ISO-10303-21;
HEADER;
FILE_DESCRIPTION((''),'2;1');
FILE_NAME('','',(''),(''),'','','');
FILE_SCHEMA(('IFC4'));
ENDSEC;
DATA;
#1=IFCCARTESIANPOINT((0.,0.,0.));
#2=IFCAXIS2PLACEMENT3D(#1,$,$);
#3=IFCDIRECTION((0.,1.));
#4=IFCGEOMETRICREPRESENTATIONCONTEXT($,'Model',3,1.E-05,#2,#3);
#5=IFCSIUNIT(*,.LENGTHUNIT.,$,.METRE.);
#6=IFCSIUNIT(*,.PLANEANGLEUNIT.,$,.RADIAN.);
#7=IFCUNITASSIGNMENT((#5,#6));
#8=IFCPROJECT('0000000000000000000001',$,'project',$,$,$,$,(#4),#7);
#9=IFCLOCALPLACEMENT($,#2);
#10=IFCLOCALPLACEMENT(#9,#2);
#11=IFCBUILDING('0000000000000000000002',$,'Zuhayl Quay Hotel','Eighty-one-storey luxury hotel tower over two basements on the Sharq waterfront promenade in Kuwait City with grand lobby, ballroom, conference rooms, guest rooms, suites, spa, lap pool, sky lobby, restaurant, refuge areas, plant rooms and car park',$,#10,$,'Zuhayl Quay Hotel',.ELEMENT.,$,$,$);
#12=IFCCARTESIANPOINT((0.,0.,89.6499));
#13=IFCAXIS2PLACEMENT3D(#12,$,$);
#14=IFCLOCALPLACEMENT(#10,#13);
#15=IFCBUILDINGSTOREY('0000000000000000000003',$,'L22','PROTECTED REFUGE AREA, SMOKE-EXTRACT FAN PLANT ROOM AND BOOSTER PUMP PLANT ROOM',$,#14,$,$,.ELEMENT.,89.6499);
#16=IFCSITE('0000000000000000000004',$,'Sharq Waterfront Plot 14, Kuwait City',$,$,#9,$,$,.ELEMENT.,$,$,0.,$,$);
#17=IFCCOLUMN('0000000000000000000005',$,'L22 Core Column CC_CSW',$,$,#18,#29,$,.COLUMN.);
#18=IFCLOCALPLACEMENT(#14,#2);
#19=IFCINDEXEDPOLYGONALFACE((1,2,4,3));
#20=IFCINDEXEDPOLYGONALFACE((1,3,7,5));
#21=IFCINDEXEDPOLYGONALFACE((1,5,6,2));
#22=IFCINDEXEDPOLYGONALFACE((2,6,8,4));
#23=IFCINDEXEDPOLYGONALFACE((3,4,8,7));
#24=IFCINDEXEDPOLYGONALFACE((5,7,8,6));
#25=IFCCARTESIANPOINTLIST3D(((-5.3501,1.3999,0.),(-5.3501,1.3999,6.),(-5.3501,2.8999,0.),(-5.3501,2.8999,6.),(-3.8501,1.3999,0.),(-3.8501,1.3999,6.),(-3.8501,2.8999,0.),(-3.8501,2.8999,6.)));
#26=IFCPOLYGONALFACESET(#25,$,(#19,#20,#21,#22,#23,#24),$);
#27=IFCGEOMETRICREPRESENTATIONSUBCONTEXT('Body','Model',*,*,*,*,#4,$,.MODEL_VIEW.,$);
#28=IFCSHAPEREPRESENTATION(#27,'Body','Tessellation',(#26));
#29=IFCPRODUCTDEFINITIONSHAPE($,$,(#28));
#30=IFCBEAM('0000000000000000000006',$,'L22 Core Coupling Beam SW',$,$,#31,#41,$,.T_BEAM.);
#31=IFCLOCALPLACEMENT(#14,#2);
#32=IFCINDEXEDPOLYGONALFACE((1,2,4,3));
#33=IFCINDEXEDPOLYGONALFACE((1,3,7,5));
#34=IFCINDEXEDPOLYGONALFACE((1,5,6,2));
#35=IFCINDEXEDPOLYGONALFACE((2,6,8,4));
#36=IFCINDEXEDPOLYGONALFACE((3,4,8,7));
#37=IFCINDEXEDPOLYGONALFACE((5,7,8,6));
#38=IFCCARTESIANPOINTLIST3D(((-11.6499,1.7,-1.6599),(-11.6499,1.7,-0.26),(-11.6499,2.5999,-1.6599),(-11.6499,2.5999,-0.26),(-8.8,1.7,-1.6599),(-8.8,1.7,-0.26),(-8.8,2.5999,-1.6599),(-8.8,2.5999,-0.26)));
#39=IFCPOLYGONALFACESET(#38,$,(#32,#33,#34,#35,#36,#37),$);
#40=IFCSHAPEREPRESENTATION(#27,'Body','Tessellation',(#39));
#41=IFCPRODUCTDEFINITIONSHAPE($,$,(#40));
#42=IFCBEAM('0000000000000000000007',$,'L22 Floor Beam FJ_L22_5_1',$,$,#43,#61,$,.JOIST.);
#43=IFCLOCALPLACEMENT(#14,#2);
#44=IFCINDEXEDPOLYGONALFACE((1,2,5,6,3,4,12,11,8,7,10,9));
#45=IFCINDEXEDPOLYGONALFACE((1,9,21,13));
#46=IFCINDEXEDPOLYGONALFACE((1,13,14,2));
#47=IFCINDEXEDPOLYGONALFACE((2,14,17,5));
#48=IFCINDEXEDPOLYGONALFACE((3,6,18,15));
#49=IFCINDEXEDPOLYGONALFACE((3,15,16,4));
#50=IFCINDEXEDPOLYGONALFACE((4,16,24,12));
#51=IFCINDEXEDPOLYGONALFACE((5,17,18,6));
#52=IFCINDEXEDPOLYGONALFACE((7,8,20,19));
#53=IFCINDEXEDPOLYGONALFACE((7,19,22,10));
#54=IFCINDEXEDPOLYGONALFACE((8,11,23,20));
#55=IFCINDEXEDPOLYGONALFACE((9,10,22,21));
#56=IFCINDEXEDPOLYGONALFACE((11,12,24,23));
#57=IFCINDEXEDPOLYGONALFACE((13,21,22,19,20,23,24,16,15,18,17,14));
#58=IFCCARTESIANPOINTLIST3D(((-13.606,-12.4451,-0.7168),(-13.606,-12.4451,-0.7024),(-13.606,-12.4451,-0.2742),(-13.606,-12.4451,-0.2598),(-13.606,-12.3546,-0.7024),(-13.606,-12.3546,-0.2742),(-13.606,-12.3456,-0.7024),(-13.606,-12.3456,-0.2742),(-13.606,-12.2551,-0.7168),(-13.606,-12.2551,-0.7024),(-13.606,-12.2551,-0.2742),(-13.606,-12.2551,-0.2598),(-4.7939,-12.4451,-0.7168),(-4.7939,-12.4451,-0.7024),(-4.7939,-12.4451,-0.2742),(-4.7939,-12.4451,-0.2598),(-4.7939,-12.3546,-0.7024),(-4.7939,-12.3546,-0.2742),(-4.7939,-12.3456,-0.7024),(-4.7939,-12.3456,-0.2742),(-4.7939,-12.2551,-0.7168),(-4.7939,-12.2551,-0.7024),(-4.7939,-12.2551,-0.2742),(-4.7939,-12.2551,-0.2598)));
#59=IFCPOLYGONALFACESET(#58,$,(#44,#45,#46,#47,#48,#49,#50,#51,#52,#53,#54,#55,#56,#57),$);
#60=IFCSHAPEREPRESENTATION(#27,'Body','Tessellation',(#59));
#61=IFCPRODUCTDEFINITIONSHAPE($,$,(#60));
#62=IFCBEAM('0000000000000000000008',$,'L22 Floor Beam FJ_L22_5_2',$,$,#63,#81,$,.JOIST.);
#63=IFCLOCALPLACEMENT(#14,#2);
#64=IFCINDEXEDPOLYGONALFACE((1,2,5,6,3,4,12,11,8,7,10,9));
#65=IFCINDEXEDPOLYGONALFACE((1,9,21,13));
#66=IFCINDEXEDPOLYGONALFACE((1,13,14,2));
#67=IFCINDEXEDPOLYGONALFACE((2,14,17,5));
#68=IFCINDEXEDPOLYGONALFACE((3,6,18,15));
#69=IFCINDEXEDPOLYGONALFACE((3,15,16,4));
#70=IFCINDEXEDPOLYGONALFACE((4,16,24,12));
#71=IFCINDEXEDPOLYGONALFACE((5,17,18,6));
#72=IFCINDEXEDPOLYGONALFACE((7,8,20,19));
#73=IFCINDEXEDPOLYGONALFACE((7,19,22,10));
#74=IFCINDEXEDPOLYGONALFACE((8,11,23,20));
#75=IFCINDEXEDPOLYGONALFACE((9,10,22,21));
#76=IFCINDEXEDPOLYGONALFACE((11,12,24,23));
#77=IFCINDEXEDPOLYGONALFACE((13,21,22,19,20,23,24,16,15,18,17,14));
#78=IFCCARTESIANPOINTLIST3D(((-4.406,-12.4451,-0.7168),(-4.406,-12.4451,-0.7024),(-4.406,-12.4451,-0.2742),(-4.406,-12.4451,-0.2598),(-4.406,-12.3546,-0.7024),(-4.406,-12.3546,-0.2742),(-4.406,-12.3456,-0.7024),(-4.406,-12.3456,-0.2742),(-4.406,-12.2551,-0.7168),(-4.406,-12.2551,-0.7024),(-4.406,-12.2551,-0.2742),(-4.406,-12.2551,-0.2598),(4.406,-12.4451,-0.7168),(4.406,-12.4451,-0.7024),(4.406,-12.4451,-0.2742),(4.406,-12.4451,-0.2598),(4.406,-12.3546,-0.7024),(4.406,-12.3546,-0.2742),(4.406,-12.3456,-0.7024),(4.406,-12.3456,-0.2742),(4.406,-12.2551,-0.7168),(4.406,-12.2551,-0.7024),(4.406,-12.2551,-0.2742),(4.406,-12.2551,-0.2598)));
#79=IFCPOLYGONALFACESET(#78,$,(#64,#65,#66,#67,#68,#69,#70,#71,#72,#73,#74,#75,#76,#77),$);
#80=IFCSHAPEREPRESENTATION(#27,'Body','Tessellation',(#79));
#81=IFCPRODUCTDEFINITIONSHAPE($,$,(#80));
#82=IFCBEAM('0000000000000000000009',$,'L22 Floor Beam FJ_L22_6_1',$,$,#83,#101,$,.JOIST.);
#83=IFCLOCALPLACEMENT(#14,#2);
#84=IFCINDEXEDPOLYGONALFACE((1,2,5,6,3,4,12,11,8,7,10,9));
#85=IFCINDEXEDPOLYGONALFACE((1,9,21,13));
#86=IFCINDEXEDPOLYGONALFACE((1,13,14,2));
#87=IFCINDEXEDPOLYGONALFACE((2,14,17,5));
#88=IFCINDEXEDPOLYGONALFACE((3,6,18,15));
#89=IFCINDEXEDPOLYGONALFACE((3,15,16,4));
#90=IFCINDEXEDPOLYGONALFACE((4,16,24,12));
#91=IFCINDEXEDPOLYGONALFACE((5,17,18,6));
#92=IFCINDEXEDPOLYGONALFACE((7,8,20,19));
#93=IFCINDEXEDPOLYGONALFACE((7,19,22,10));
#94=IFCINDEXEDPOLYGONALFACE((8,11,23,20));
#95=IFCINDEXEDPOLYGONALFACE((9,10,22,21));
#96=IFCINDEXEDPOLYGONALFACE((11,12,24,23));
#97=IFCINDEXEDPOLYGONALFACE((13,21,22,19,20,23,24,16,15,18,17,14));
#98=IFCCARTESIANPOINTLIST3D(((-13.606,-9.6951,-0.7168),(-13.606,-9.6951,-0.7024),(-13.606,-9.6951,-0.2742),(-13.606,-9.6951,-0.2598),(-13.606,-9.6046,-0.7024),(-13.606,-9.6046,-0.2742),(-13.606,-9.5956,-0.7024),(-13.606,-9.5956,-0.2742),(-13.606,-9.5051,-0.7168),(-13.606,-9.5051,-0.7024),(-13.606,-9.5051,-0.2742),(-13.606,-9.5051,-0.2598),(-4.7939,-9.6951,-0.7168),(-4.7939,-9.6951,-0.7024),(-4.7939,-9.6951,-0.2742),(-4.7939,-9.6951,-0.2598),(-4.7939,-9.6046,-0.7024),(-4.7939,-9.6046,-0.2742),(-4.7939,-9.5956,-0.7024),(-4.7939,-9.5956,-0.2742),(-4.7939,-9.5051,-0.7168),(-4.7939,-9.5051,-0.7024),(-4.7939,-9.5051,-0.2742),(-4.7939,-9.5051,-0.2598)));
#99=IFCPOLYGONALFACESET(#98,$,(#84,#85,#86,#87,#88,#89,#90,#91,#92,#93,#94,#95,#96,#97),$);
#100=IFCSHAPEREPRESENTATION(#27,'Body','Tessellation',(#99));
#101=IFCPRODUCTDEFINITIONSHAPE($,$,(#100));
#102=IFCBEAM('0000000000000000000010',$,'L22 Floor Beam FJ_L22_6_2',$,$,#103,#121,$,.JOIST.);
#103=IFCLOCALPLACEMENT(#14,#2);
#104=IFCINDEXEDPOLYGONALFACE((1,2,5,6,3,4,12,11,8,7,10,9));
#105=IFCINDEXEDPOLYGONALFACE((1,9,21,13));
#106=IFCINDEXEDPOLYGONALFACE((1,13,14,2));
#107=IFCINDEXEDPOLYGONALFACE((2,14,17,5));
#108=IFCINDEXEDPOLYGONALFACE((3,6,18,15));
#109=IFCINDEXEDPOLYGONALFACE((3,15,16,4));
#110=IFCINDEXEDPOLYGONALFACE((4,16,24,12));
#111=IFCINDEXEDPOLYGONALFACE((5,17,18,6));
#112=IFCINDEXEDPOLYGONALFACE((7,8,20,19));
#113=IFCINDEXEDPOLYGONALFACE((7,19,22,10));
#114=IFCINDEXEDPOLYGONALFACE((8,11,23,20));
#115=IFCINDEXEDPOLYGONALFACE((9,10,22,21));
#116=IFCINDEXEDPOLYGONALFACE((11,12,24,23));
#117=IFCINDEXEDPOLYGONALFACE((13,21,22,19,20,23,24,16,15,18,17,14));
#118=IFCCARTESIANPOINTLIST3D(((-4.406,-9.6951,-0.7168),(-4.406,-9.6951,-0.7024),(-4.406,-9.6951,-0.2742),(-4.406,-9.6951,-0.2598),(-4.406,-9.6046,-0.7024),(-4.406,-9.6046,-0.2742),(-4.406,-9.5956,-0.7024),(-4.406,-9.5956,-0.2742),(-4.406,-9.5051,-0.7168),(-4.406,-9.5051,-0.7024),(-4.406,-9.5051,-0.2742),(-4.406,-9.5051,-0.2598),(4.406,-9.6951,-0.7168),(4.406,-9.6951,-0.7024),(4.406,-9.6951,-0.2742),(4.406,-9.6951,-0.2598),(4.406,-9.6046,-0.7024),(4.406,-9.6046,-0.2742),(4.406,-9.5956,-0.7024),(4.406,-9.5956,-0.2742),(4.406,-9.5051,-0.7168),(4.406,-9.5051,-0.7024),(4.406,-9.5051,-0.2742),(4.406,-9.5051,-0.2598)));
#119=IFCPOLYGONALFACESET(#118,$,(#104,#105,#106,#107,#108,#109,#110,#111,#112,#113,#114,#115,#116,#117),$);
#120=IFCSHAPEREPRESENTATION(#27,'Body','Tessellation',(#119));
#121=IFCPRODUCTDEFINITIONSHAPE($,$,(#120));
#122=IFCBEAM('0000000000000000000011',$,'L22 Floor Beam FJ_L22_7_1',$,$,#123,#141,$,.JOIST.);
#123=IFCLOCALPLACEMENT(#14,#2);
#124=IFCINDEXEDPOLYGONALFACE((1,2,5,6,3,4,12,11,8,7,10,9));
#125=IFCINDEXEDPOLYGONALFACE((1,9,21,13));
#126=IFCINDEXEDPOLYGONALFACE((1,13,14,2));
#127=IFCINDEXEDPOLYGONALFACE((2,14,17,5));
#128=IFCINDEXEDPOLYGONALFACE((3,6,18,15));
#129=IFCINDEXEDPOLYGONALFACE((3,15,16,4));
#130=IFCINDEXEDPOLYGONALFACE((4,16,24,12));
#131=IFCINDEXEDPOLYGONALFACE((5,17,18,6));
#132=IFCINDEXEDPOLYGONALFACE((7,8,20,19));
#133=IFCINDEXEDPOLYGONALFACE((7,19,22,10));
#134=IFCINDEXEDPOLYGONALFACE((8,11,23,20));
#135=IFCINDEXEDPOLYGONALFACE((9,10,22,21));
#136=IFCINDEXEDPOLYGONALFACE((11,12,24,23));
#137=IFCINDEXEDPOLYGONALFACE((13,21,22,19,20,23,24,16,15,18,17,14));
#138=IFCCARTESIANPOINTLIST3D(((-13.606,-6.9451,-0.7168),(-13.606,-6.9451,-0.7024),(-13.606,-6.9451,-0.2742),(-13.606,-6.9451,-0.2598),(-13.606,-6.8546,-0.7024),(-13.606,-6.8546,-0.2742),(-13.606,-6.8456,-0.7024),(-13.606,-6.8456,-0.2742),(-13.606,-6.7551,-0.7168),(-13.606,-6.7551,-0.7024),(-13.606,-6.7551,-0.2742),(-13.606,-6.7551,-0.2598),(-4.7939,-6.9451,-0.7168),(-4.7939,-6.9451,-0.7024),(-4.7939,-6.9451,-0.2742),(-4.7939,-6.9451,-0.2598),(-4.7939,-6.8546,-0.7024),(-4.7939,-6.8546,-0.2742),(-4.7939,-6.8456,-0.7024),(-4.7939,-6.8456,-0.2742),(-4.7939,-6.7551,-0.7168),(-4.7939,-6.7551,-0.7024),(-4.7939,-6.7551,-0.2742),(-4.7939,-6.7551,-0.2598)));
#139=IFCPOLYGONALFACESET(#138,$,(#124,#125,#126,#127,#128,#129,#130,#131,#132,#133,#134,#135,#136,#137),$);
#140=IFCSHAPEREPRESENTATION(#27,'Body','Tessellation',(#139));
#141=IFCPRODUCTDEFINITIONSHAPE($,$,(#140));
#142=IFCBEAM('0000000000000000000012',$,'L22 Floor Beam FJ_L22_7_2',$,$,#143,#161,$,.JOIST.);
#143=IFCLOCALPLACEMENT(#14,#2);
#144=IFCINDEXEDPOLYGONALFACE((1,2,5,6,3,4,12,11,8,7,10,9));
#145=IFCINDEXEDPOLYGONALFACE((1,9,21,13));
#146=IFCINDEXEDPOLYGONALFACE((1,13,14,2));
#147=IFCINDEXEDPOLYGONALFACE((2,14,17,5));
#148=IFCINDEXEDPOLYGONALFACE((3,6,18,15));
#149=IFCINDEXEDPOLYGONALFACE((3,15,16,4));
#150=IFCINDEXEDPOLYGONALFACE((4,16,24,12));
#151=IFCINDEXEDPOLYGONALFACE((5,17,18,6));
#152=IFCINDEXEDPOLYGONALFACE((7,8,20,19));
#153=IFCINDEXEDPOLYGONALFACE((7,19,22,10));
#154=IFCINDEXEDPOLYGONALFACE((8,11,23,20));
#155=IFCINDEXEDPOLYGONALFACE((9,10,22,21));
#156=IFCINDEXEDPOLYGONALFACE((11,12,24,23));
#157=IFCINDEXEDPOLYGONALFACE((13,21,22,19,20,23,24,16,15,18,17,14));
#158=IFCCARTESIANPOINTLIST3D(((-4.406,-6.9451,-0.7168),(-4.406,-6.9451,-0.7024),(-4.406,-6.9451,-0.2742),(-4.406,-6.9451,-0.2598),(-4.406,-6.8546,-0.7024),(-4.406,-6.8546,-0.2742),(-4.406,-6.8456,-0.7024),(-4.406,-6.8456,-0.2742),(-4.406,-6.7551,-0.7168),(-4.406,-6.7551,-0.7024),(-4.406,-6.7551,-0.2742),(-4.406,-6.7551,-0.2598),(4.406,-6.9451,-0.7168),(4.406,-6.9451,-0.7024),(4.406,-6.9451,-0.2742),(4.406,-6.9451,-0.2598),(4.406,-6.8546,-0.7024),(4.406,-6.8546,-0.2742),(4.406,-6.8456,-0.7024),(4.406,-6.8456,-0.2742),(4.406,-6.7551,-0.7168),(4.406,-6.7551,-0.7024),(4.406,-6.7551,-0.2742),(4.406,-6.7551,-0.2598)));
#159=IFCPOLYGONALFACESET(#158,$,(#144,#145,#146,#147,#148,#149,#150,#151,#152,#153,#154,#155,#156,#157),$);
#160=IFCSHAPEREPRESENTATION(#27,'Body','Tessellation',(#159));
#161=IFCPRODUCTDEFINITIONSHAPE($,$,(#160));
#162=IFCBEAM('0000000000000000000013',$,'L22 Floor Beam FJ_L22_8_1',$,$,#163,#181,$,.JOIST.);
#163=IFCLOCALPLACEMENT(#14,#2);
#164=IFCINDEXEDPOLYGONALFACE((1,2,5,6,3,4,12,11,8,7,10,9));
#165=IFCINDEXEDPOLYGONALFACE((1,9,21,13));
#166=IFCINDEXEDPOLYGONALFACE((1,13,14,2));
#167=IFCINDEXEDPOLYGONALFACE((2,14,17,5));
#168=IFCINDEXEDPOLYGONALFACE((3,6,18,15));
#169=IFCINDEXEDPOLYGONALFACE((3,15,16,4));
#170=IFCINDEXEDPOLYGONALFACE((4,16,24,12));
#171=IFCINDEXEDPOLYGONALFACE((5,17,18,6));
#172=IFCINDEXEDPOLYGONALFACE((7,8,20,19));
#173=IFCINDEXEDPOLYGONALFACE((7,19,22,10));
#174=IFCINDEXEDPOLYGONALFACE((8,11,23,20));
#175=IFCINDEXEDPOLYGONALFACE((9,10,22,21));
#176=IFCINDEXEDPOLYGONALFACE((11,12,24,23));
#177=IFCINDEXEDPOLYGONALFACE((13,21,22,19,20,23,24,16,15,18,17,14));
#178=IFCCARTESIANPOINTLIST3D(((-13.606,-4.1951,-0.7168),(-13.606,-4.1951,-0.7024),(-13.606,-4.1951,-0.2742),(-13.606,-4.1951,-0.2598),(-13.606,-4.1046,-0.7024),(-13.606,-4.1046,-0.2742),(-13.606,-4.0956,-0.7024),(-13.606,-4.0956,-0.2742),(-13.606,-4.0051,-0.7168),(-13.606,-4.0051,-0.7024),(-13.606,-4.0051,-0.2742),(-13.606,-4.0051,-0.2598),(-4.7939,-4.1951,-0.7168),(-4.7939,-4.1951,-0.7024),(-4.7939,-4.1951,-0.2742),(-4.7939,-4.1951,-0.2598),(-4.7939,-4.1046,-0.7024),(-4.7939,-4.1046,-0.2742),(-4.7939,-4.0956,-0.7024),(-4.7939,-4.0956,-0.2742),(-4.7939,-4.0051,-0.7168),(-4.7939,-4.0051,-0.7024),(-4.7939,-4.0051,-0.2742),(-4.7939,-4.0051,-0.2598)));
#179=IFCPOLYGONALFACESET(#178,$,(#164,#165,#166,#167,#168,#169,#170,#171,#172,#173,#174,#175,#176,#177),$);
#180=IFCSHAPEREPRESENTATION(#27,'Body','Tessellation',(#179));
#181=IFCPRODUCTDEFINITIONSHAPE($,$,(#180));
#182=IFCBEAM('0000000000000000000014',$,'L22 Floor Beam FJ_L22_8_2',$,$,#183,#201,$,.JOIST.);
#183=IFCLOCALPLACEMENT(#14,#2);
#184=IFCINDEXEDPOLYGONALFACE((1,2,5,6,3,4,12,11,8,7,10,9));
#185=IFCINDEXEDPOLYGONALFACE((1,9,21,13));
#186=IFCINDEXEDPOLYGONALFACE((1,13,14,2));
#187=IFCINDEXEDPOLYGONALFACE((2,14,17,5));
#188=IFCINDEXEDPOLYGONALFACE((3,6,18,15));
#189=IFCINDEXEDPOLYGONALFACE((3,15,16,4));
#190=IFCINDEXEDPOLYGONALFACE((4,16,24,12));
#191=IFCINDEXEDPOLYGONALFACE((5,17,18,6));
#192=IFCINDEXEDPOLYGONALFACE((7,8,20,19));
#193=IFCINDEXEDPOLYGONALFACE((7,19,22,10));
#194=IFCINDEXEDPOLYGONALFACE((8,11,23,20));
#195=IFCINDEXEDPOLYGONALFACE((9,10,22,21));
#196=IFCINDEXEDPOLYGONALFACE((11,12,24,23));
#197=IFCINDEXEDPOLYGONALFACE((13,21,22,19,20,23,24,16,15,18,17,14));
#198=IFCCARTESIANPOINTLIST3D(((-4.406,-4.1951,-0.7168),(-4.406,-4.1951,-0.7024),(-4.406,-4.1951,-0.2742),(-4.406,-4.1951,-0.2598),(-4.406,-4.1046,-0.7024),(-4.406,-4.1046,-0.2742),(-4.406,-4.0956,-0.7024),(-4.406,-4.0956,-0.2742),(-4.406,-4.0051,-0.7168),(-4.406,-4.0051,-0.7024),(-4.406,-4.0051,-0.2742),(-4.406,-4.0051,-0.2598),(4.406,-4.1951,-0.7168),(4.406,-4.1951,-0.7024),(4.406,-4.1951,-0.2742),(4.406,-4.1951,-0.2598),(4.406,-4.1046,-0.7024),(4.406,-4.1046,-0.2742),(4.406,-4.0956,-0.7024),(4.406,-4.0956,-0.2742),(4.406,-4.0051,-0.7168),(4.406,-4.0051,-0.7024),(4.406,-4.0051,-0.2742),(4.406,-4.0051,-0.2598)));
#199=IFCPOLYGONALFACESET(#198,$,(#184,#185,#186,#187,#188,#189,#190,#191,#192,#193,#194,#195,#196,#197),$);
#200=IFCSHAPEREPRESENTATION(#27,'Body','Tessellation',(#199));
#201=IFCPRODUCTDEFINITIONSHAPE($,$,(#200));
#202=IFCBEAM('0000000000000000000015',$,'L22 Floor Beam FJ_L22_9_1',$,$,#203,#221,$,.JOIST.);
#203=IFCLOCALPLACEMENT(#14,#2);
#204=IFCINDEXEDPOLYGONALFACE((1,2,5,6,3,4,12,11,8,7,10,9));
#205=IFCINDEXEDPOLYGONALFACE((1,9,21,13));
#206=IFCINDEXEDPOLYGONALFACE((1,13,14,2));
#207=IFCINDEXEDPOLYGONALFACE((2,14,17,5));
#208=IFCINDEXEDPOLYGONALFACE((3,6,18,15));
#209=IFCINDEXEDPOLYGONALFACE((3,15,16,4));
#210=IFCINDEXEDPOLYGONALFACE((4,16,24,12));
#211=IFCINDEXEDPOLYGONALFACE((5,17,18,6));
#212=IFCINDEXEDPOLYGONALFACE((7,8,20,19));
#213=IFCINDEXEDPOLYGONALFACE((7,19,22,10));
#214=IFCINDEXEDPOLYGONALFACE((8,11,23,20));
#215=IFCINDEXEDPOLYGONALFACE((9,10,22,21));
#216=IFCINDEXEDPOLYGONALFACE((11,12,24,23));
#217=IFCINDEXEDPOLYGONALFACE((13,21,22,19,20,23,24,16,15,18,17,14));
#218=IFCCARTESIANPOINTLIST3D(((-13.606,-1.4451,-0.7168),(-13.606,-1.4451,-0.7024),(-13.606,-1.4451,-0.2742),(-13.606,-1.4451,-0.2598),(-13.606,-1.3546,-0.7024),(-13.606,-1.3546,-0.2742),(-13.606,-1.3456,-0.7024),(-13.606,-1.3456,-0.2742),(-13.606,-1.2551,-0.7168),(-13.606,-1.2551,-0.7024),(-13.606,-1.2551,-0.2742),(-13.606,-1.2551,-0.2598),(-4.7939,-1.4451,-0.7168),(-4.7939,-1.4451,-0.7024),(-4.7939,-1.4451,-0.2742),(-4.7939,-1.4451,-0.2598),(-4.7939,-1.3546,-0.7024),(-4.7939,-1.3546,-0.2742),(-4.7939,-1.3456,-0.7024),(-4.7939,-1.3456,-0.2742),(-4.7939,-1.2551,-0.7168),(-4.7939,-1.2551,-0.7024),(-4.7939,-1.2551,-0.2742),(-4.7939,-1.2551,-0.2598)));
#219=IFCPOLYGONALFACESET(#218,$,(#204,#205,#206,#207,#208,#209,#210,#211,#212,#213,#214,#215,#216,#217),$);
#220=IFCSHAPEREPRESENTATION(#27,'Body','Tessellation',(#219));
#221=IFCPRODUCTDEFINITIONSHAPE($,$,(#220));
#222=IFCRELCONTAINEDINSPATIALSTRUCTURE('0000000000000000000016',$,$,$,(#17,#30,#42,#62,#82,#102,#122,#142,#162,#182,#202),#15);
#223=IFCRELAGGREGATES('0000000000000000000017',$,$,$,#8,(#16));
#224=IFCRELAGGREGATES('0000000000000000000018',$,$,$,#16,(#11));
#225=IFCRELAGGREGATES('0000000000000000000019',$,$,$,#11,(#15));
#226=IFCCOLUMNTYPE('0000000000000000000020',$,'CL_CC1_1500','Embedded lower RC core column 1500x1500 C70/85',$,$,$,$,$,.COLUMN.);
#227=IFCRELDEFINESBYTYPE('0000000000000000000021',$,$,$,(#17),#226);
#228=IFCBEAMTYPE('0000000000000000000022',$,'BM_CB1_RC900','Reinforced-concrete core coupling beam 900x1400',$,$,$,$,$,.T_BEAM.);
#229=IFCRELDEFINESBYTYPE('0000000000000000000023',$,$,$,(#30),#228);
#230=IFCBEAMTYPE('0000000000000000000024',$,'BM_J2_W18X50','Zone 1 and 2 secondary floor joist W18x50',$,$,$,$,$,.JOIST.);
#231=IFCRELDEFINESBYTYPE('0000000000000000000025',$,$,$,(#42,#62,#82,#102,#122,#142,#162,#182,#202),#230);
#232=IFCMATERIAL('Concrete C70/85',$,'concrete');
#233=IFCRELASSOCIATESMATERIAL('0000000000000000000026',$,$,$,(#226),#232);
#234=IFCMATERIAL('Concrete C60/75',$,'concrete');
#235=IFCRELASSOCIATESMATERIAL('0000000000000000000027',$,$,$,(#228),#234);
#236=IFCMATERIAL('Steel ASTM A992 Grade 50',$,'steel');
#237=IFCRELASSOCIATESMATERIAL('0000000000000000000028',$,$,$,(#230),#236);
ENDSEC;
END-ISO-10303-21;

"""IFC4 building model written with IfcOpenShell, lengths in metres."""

from ifc_helpers import new_model, si_unit, direction, frame, origin, origin_2d, place, context, subcontext, project, spatial, rectangle, i_section, extrude, material, material_profile, profile_set, type_object, element, save


model = new_model("IFC4")

# Units and contexts
model_context = context("Model", 3, precision=1e-05, world=origin(), true_north=direction((0.0, 1.0)))
body_context = subcontext(model_context, "Body", "Model", "MODEL_VIEW")
ifc_project = project(units=[si_unit("LENGTHUNIT", "METRE"), si_unit("PLANEANGLEUNIT", "RADIAN")], contexts=[model_context])

# Site, building, storey
site_placement = place(None, origin())
site = spatial("IfcSite", under=ifc_project, at=site_placement, Name="Sharq Waterfront Plot 14, Kuwait City", CompositionType="ELEMENT", RefElevation=0.0)
building_placement = place(site_placement, origin())
building = spatial("IfcBuilding", under=site, at=building_placement, Name="Zuhayl Quay Hotel", Description="Eighty-one-storey luxury hotel tower over two basements on the Sharq waterfront promenade in Kuwait City with grand lobby, ballroom, conference rooms, guest rooms, suites, spa, lap pool, sky lobby, restaurant, refuge areas, plant rooms and car park", LongName="Zuhayl Quay Hotel", CompositionType="ELEMENT")
storey_placement = place(building_placement, frame((0.0, 0.0, 89.6499)))
storey = spatial("IfcBuildingStorey", under=building, at=storey_placement, Name="L22", Description="PROTECTED REFUGE AREA, SMOKE-EXTRACT FAN PLANT ROOM AND BOOSTER PUMP PLANT ROOM", CompositionType="ELEMENT", Elevation=89.6499)

# Column
ifc_material_1 = material(Name="Concrete C70/85", Category="concrete")
ifc_material_profile_1 = material_profile(ifc_material_1, rectangle(XDim=1.5, YDim=1.5, at=origin_2d()), Name="RC1500X1500")
ifc_profile_set_1 = profile_set([ifc_material_profile_1], Name="Concrete C70/85")
column_type = type_object("IfcColumnType", Name="CL_CC1_1500", Description="Embedded lower RC core column 1500x1500 C70/85", PredefinedType="COLUMN", material=ifc_profile_set_1)
column_placement = place(storey_placement, frame((-4.6001, 2.1499, 0.0), z_axis=(0.0, 0.0, 1.0), x_axis=(1.0, 0.0, 0.0)))
element("IfcColumn", 1, at=column_placement, inside=storey, type_object=column_type, Name="L22 Core Column CC_CSW", PredefinedType="COLUMN", context=body_context, shape_type="SweptSolid", body=[
    extrude(rectangle(XDim=1.5, YDim=1.5, at=origin_2d()), origin(), (0.0, 0.0, 1.0), 6.0),
])

# Beams
ifc_material_2 = material(Name="Concrete C60/75", Category="concrete")
ifc_material_profile_2 = material_profile(ifc_material_2, rectangle(XDim=0.8999, YDim=1.3999, at=origin_2d()), Name="RC900X1400")
ifc_profile_set_2 = profile_set([ifc_material_profile_2], Name="Concrete C60/75")
beam_type_1 = type_object("IfcBeamType", Name="BM_CB1_RC900", Description="Reinforced-concrete core coupling beam 900x1400", PredefinedType="T_BEAM", material=ifc_profile_set_2)
beam_placement = place(storey_placement, frame((-11.6499, 2.1499, -0.96), z_axis=(1.0, 0.0, 0.0), x_axis=(0.0, 1.0, 0.0)))
element("IfcBeam", 2, at=beam_placement, inside=storey, type_object=beam_type_1, Name="L22 Core Coupling Beam SW", PredefinedType="T_BEAM", context=body_context, shape_type="SweptSolid", body=[
    extrude(rectangle(XDim=0.8999, YDim=1.3999, at=origin_2d()), origin(), (0.0, 0.0, 1.0), 2.8499),
])
ifc_material_3 = material(Name="Steel ASTM A992 Grade 50", Category="steel")
ifc_material_profile_3 = material_profile(ifc_material_3, i_section(OverallWidth=0.1899, OverallDepth=0.457, WebThickness=0.009, FlangeThickness=0.0144, at=origin_2d()), Name="W18X50")
ifc_profile_set_3 = profile_set([ifc_material_profile_3], Name="Steel ASTM A992 Grade 50")
beam_type_2 = type_object("IfcBeamType", Name="BM_J2_W18X50", Description="Zone 1 and 2 secondary floor joist W18x50", PredefinedType="JOIST", material=ifc_profile_set_3)
for number, where, z_axis, x_axis, name in (
    (3, (-13.606, -12.3501, -0.4883), (1.0, 0.0, 0.0), (0.0, 1.0, 0.0), "L22 Floor Beam FJ_L22_5_1"),
    (4, (-4.406, -12.3501, -0.4883), (1.0, 0.0, 0.0), (0.0, 1.0, 0.0), "L22 Floor Beam FJ_L22_5_2"),
    (5, (-13.606, -9.6001, -0.4883), (1.0, 0.0, 0.0), (0.0, 1.0, 0.0), "L22 Floor Beam FJ_L22_6_1"),
    (6, (-4.406, -9.6001, -0.4883), (1.0, 0.0, 0.0), (0.0, 1.0, 0.0), "L22 Floor Beam FJ_L22_6_2"),
    (7, (-13.606, -6.8501, -0.4883), (1.0, 0.0, 0.0), (0.0, 1.0, 0.0), "L22 Floor Beam FJ_L22_7_1"),
    (8, (-4.406, -6.8501, -0.4883), (1.0, 0.0, 0.0), (0.0, 1.0, 0.0), "L22 Floor Beam FJ_L22_7_2"),
    (9, (-13.606, -4.1001, -0.4883), (1.0, 0.0, 0.0), (0.0, 1.0, 0.0), "L22 Floor Beam FJ_L22_8_1"),
    (10, (-4.406, -4.1001, -0.4883), (1.0, 0.0, 0.0), (0.0, 1.0, 0.0), "L22 Floor Beam FJ_L22_8_2"),
    (11, (-13.606, -1.3501, -0.4883), (1.0, 0.0, 0.0), (0.0, 1.0, 0.0), "L22 Floor Beam FJ_L22_9_1"),
):
    element("IfcBeam", number, at=place(storey_placement, frame(where, z_axis=z_axis, x_axis=x_axis)), inside=storey, type_object=beam_type_2, Name=name, PredefinedType="JOIST", context=body_context, shape_type="SweptSolid", body=[
        extrude(i_section(OverallWidth=0.1899, OverallDepth=0.457, WebThickness=0.009, FlangeThickness=0.0144, at=origin_2d()), origin(), (0.0, 0.0, 1.0), 8.812),
    ])

save(model, "model.ifc")
